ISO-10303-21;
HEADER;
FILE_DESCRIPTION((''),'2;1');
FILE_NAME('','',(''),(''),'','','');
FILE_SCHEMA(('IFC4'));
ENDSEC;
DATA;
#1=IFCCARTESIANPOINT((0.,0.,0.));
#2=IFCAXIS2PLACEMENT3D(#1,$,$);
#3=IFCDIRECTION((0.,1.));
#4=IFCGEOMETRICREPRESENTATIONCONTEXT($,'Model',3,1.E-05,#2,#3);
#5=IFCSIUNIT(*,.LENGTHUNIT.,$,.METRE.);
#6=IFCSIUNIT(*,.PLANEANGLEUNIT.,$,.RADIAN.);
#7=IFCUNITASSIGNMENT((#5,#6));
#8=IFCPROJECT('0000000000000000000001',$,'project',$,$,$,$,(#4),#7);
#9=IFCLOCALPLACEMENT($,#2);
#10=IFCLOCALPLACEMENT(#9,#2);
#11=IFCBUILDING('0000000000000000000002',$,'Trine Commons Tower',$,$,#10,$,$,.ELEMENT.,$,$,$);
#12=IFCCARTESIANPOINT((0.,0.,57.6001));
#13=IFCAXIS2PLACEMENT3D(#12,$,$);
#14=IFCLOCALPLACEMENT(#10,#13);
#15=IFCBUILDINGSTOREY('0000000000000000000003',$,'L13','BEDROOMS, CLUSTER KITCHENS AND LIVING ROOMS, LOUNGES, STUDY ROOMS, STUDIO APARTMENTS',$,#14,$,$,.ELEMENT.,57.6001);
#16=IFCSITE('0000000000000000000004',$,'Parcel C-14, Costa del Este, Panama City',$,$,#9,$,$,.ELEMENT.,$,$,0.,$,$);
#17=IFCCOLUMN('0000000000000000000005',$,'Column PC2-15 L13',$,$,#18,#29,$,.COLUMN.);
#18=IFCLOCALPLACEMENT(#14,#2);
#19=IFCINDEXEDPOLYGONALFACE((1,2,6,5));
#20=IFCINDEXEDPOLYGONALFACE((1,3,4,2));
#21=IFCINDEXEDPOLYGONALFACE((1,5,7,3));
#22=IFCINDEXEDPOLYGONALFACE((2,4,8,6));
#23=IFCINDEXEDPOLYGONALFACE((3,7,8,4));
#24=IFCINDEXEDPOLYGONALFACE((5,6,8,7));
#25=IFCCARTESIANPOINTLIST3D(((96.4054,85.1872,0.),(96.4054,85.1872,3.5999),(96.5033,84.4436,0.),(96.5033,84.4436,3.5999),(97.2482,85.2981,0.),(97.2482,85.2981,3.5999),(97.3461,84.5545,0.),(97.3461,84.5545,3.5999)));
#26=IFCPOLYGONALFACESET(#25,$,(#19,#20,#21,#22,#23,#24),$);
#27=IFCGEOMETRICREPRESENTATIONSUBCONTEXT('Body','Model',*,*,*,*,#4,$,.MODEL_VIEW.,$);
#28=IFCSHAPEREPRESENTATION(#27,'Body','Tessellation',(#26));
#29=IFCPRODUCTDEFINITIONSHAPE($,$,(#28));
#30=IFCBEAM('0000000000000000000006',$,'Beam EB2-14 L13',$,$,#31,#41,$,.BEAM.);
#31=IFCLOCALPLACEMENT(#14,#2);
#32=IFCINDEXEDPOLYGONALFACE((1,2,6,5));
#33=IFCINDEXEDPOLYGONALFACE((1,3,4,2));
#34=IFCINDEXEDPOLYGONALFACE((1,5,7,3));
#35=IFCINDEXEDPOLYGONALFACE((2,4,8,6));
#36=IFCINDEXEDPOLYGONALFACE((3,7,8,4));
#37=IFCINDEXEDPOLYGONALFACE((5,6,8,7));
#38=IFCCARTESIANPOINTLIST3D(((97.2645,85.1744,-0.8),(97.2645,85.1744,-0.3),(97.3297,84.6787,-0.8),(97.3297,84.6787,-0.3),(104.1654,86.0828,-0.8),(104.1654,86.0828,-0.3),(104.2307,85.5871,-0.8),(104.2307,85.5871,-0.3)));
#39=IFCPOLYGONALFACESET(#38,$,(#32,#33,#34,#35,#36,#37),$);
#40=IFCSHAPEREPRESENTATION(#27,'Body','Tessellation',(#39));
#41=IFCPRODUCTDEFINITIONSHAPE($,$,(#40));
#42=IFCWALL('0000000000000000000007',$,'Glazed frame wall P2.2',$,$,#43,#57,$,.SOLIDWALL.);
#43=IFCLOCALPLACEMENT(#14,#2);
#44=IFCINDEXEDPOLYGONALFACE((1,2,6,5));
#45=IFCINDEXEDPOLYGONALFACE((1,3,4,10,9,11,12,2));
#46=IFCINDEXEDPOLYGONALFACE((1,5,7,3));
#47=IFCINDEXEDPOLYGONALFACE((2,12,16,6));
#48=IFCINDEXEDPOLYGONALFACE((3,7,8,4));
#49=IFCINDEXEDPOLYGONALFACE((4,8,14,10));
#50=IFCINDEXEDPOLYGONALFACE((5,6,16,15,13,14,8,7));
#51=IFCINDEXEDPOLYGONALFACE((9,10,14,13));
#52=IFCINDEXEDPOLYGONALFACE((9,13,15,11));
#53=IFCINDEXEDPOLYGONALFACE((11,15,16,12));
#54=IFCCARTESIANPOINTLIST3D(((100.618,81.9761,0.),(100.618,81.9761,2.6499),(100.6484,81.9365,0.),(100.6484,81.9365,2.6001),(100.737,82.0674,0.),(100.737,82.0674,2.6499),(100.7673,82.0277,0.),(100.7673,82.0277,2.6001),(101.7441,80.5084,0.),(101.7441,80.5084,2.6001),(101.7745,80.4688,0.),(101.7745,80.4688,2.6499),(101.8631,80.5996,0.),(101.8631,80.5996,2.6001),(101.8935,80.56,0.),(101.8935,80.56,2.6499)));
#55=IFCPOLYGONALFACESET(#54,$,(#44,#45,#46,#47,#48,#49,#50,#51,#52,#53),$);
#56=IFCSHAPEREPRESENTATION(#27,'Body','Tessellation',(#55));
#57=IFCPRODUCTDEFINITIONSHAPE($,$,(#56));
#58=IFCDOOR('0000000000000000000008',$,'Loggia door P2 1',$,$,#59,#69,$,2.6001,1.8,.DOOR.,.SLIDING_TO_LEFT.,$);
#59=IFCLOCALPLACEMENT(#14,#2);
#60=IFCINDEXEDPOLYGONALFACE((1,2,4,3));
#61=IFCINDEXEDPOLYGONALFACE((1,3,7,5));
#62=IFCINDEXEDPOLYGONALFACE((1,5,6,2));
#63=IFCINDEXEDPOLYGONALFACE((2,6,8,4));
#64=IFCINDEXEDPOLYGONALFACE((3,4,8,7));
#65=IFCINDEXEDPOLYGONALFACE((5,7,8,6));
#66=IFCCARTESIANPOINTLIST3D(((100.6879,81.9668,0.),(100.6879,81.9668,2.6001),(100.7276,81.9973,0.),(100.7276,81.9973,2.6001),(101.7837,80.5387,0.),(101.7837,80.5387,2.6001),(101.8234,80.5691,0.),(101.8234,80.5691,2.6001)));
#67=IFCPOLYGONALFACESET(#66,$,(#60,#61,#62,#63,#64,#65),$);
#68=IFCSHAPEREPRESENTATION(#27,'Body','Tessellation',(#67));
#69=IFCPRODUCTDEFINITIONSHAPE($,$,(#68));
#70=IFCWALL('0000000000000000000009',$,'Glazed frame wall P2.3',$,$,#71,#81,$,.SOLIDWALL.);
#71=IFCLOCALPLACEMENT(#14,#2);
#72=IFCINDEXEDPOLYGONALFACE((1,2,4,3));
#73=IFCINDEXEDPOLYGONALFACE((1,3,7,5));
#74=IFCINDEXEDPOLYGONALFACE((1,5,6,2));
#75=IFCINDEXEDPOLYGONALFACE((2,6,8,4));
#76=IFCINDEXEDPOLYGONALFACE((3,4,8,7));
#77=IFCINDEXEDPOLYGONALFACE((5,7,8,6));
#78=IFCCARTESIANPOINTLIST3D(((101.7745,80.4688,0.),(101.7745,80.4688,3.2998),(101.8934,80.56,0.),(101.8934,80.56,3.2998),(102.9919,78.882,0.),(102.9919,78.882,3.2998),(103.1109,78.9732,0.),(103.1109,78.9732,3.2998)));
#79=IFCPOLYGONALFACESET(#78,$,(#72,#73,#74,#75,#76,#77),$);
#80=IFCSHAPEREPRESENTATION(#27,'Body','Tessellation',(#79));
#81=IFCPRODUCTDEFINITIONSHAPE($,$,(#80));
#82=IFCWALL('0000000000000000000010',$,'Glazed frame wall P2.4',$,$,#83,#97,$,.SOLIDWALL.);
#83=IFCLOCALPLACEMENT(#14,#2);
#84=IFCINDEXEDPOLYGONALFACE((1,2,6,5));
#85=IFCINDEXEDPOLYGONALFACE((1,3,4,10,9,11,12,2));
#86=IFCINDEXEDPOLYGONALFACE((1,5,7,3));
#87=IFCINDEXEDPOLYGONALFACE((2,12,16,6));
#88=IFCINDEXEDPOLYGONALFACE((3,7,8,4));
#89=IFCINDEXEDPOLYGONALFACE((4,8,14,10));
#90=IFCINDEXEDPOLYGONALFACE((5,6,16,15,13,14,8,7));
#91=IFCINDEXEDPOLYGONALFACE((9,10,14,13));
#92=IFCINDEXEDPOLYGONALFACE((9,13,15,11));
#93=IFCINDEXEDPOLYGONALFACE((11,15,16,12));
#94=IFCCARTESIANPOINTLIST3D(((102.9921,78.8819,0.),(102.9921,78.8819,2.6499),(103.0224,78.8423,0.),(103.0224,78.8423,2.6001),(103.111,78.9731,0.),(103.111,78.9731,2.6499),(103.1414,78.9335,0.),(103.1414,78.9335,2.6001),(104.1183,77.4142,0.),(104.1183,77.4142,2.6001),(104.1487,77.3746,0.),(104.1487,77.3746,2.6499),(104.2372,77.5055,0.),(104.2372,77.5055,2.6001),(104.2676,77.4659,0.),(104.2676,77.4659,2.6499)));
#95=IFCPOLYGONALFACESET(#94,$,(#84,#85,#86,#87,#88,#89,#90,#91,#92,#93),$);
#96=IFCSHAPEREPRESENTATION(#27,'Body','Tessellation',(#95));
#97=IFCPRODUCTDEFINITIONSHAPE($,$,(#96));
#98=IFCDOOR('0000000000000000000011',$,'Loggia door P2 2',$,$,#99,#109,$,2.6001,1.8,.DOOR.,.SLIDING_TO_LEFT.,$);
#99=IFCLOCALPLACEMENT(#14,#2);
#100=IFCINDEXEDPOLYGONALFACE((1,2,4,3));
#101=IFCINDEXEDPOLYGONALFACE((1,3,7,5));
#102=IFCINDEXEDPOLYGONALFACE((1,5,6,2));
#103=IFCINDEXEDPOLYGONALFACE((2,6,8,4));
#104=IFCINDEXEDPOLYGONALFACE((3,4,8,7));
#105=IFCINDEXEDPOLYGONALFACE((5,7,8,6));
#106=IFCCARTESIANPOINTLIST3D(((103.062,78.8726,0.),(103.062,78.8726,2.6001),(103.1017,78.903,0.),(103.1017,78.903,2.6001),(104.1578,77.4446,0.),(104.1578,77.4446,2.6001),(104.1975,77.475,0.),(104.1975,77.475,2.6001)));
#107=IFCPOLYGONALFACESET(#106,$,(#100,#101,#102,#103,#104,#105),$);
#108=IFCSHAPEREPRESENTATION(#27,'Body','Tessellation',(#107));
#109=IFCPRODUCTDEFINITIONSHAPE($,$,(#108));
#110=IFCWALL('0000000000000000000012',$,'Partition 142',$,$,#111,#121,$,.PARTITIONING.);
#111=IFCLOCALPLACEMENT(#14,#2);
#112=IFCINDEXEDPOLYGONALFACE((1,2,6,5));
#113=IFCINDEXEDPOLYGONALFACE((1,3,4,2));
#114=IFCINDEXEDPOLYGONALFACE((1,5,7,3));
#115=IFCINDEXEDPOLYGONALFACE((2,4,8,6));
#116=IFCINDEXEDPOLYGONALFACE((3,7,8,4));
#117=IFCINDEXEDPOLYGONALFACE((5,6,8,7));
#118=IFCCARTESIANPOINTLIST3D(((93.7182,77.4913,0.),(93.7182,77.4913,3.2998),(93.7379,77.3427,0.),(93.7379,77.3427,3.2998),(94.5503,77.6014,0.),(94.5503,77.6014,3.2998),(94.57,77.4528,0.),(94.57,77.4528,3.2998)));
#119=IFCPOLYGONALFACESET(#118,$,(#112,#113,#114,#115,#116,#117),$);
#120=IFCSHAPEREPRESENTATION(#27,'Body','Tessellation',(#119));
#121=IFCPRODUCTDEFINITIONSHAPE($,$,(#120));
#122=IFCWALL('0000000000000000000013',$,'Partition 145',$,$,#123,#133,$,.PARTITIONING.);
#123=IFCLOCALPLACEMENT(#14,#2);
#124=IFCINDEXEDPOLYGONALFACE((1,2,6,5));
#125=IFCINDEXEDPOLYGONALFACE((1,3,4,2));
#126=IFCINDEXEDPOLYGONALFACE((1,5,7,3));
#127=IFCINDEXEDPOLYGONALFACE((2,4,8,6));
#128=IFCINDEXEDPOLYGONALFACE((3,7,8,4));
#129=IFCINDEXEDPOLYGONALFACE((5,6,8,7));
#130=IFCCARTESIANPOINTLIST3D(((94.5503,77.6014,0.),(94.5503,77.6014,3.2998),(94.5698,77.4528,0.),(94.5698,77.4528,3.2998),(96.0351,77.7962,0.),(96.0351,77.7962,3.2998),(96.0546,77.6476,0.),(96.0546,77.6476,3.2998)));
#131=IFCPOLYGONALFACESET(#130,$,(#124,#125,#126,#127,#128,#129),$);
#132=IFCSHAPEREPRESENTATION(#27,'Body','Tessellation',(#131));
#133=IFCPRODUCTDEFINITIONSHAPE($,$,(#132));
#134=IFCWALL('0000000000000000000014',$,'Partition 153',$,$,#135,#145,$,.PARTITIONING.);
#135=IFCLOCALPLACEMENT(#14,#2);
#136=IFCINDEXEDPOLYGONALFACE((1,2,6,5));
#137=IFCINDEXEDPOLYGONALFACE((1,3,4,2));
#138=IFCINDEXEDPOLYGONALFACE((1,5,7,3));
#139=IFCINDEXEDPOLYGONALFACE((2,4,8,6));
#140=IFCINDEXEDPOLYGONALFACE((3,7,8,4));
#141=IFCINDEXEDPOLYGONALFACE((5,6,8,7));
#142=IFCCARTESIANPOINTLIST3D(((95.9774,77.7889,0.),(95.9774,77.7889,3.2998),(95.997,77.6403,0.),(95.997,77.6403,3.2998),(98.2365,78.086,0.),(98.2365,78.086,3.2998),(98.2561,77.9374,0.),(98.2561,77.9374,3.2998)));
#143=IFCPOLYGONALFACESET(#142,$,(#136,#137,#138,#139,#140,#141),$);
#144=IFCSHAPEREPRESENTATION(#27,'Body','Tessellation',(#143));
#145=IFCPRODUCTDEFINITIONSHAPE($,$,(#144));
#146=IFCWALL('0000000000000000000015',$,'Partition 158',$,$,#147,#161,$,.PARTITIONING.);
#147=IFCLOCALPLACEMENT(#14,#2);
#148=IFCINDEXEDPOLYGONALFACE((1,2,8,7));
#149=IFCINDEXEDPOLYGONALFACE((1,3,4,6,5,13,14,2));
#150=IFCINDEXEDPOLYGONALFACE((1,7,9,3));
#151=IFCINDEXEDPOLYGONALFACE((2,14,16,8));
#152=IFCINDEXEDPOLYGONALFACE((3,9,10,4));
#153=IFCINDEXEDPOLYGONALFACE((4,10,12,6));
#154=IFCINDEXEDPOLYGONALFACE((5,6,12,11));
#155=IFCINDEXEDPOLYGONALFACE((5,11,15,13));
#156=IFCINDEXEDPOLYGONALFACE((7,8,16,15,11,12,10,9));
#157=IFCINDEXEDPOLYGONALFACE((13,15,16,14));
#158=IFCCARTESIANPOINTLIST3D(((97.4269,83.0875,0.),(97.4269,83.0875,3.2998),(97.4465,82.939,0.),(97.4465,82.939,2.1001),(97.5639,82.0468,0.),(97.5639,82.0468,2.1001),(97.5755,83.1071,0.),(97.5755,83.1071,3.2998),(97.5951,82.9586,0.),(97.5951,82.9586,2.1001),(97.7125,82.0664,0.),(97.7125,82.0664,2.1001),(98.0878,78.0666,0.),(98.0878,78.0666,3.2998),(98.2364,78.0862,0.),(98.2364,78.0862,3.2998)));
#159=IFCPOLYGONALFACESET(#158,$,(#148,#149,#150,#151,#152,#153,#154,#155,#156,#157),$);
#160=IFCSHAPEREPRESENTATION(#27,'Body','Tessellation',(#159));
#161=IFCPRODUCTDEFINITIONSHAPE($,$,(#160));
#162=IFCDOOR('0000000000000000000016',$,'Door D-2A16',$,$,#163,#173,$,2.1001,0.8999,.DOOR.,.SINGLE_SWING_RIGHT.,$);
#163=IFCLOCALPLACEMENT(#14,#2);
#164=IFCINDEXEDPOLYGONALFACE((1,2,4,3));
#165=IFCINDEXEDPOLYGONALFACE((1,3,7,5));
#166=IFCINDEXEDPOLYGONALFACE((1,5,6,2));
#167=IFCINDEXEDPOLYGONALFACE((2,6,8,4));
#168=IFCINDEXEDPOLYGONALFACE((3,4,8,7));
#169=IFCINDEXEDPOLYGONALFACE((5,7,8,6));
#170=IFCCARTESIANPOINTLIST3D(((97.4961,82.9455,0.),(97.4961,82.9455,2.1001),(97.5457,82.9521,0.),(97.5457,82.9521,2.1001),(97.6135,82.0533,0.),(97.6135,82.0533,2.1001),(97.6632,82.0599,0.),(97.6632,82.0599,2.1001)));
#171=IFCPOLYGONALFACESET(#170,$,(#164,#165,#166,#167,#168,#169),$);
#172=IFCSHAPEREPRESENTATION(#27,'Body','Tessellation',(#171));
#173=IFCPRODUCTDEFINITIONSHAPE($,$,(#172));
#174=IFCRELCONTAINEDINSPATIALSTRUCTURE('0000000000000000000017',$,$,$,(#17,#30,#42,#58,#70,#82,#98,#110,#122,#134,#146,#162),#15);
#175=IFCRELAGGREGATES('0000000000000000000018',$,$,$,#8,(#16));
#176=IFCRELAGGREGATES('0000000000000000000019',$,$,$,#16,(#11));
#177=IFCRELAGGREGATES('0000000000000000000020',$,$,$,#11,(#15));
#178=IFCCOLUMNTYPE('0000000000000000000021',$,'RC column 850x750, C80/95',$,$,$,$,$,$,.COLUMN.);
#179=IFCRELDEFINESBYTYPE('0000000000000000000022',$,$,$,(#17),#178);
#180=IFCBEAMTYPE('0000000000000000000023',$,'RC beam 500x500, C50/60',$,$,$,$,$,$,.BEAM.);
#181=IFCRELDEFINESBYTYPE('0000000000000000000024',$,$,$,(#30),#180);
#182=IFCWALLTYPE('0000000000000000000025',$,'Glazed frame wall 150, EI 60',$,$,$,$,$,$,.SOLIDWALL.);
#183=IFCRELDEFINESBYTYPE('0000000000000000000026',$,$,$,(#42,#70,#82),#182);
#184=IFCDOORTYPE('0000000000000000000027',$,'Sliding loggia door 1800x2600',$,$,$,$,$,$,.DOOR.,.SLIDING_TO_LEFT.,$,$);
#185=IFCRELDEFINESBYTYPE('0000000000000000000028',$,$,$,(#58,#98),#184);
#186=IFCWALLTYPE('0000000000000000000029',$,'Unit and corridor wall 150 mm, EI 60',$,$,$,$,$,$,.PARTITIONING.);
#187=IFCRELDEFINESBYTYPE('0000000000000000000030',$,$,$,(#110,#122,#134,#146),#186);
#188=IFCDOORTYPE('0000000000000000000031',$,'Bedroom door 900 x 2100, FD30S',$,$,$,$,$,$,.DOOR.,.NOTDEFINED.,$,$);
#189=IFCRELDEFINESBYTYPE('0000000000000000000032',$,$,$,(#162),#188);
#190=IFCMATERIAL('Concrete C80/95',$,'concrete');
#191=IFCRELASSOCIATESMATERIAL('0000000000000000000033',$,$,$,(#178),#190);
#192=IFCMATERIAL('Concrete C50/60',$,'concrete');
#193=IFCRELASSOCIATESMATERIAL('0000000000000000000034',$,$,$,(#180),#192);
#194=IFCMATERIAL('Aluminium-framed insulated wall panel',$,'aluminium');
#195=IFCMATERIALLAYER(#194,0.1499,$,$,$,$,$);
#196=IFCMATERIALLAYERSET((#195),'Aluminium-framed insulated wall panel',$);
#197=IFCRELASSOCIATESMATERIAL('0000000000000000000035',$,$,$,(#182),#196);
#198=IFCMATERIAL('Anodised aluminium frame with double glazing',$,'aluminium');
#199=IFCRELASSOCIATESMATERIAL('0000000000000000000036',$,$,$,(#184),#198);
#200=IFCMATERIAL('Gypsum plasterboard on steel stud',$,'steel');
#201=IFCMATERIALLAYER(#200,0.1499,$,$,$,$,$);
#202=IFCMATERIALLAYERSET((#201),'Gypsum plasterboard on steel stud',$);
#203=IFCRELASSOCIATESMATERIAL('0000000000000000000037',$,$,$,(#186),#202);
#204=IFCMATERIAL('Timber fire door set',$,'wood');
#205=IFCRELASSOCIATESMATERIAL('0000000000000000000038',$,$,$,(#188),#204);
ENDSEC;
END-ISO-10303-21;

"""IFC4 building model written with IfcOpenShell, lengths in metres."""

from ifc_helpers import new_model, si_unit, direction, frame, frame_2d, origin, origin_2d, place, context, subcontext, project, spatial, polyline, rectangle, outline, extrude, material, layer, layer_set, material_profile, profile_set, type_object, element, fill, save


model = new_model("IFC4")

# Units and contexts
model_context = context("Model", 3, precision=1e-05, world=origin(), true_north=direction((0.0, 1.0)))
body_context = subcontext(model_context, "Body", "Model", "MODEL_VIEW")
ifc_project = project(units=[si_unit("LENGTHUNIT", "METRE"), si_unit("PLANEANGLEUNIT", "RADIAN")], contexts=[model_context])

# Site, building, storey
site_placement = place(None, origin())
site = spatial("IfcSite", under=ifc_project, at=site_placement, Name="Parcel C-14, Costa del Este, Panama City", CompositionType="ELEMENT", RefElevation=0.0)
building_placement = place(site_placement, origin())
building = spatial("IfcBuilding", under=site, at=building_placement, Name="Trine Commons Tower", CompositionType="ELEMENT")
storey_placement = place(building_placement, frame((0.0, 0.0, 57.6001)))
storey = spatial("IfcBuildingStorey", under=building, at=storey_placement, Name="L13", Description="BEDROOMS, CLUSTER KITCHENS AND LIVING ROOMS, LOUNGES, STUDY ROOMS, STUDIO APARTMENTS", CompositionType="ELEMENT", Elevation=57.6001)

# Column
ifc_material_1 = material(Name="Concrete C80/95", Category="concrete")
ifc_material_profile_1 = material_profile(ifc_material_1, rectangle(XDim=0.8501, YDim=0.75, at=origin_2d()), Name="RC 850x750")
ifc_profile_set_1 = profile_set([ifc_material_profile_1], Name="Concrete C80/95")
column_type = type_object("IfcColumnType", Name="RC column 850x750, C80/95", PredefinedType="COLUMN", material=ifc_profile_set_1)
column_placement = place(storey_placement, frame((96.8757, 84.8708, 0.0), z_axis=(0.0, 0.0, 1.0), x_axis=(0.991445, 0.130526, 0.0)))
element("IfcColumn", 1, at=column_placement, inside=storey, type_object=column_type, Name="Column PC2-15 L13", PredefinedType="COLUMN", context=body_context, shape_type="SweptSolid", body=[
    extrude(rectangle(XDim=0.8501, YDim=0.75, at=origin_2d()), origin(), (0.0, 0.0, 1.0), 3.5999),
])

# Beam
ifc_material_2 = material(Name="Concrete C50/60", Category="concrete")
ifc_material_profile_2 = material_profile(ifc_material_2, rectangle(XDim=0.5, YDim=0.5, at=origin_2d()), Name="RC 500x500")
ifc_profile_set_2 = profile_set([ifc_material_profile_2], Name="Concrete C50/60")
beam_type = type_object("IfcBeamType", Name="RC beam 500x500, C50/60", PredefinedType="BEAM", material=ifc_profile_set_2)
beam_placement = place(storey_placement, frame((97.2971, 84.9265, -0.55), z_axis=(0.991446, 0.130516, 0.0), x_axis=(-0.130516, 0.991446, 0.0)))
element("IfcBeam", 2, at=beam_placement, inside=storey, type_object=beam_type, Name="Beam EB2-14 L13", PredefinedType="BEAM", context=body_context, shape_type="SweptSolid", body=[
    extrude(rectangle(XDim=0.5, YDim=0.5, at=origin_2d()), origin(), (0.0, 0.0, 1.0), 6.9604),
])

# Shared definitions
ifc_material_3 = material(Name="Aluminium-framed insulated wall panel", Category="aluminium")
ifc_layer_1 = layer(ifc_material_3, 0.1499)
ifc_layer_set_1 = layer_set([ifc_layer_1], Name="Aluminium-framed insulated wall panel")
wall_type_1 = type_object("IfcWallType", Name="Glazed frame wall 150, EI 60", PredefinedType="SOLIDWALL", material=ifc_layer_set_1)

# Wall, opening, door
wall_1_placement = place(storey_placement, frame((100.6775, 82.0217, 0.0), z_axis=(0.0, 0.0, 1.0), x_axis=(0.608723, -0.793383, 0.0)))
wall_1 = element("IfcWall", 3, at=wall_1_placement, inside=storey, type_object=wall_type_1, Name="Glazed frame wall P2.2", PredefinedType="SOLIDWALL", context=body_context, shape_type="SweptSolid", body=[
    extrude(outline(polyline([(0.0, -0.075), (1.8999, -0.075), (1.8999, 0.075), (0.0, 0.075), (0.0, -0.075)])), origin(), (0.0, 0.0, 1.0), 2.6499),
])
opening_1_placement = place(wall_1_placement, frame((0.05, 0.0, 0.0)))
opening_1 = element("IfcOpeningElement", 4, at=opening_1_placement, cuts=wall_1, PredefinedType="OPENING", context=body_context, shape_type="SweptSolid", body=[
    extrude(rectangle(XDim=1.8, YDim=2.6001, at=frame_2d((0.8999, 1.3))), frame((0.0, 0.085, 0.0), z_axis=(0.0, -1.0, 0.0), x_axis=(1.0, 0.0, 0.0)), (0.0, 0.0, 1.0), 0.1699),
])
ifc_material_4 = material(Name="Anodised aluminium frame with double glazing", Category="aluminium")
door_type_1 = type_object("IfcDoorType", Name="Sliding loggia door 1800x2600", OperationType="SLIDING_TO_LEFT", PredefinedType="DOOR", material=ifc_material_4)
door_1_placement = place(opening_1_placement, origin())
door_1 = element("IfcDoor", 5, at=door_1_placement, inside=storey, type_object=door_type_1, Name="Loggia door P2 1", OperationType="SLIDING_TO_LEFT", OverallHeight=2.6001, OverallWidth=1.8, PredefinedType="DOOR", context=body_context, shape_type="SweptSolid", body=[
    extrude(rectangle(XDim=1.8, YDim=2.6001, at=frame_2d((0.8999, 1.3))), frame((0.0, 0.0249, 0.0), z_axis=(0.0, -1.0, 0.0), x_axis=(1.0, 0.0, 0.0)), (0.0, 0.0, 1.0), 0.05),
])
fill(opening_1, door_1)

# Wall
wall_2_placement = place(storey_placement, frame((101.834, 80.5144, 0.0), z_axis=(0.0, 0.0, 1.0), x_axis=(0.608713, -0.79339, 0.0)))
element("IfcWall", 6, at=wall_2_placement, inside=storey, type_object=wall_type_1, Name="Glazed frame wall P2.3", PredefinedType="SOLIDWALL", context=body_context, shape_type="SweptSolid", body=[
    extrude(outline(polyline([(0.0, -0.075), (2.0, -0.075), (2.0, 0.075), (0.0, 0.075), (0.0, -0.075)])), origin(), (0.0, 0.0, 1.0), 3.2998),
])

# Wall, opening, door
wall_3_placement = place(storey_placement, frame((103.0515, 78.9275, 0.0), z_axis=(0.0, 0.0, 1.0), x_axis=(0.608804, -0.793321, 0.0)))
wall_3 = element("IfcWall", 7, at=wall_3_placement, inside=storey, type_object=wall_type_1, Name="Glazed frame wall P2.4", PredefinedType="SOLIDWALL", context=body_context, shape_type="SweptSolid", body=[
    extrude(outline(polyline([(0.0, -0.075), (1.8999, -0.075), (1.8999, 0.075), (0.0, 0.075), (0.0, -0.075)])), origin(), (0.0, 0.0, 1.0), 2.6499),
])
opening_2_placement = place(wall_3_placement, frame((0.05, 0.0, 0.0)))
opening_2 = element("IfcOpeningElement", 8, at=opening_2_placement, cuts=wall_3, PredefinedType="OPENING", context=body_context, shape_type="SweptSolid", body=[
    extrude(rectangle(XDim=1.8, YDim=2.6001, at=frame_2d((0.8999, 1.3))), frame((0.0, 0.085, 0.0), z_axis=(0.0, -1.0, 0.0), x_axis=(1.0, 0.0, 0.0)), (0.0, 0.0, 1.0), 0.1699),
])
door_2_placement = place(opening_2_placement, origin())
door_2 = element("IfcDoor", 9, at=door_2_placement, inside=storey, type_object=door_type_1, Name="Loggia door P2 2", OperationType="SLIDING_TO_LEFT", OverallHeight=2.6001, OverallWidth=1.8, PredefinedType="DOOR", context=body_context, shape_type="SweptSolid", body=[
    extrude(rectangle(XDim=1.8, YDim=2.6001, at=frame_2d((0.8999, 1.3))), frame((0.0, 0.0249, 0.0), z_axis=(0.0, -1.0, 0.0), x_axis=(1.0, 0.0, 0.0)), (0.0, 0.0, 1.0), 0.05),
])
fill(opening_2, door_2)

# Walls
ifc_material_5 = material(Name="Gypsum plasterboard on steel stud", Category="steel")
ifc_layer_2 = layer(ifc_material_5, 0.1499)
ifc_layer_set_2 = layer_set([ifc_layer_2], Name="Gypsum plasterboard on steel stud")
wall_type_2 = type_object("IfcWallType", Name="Unit and corridor wall 150 mm, EI 60", PredefinedType="PARTITIONING", material=ifc_layer_set_2)
wall_4_placement = place(storey_placement, frame((93.728, 77.417, 0.0), z_axis=(0.0, 0.0, 1.0), x_axis=(0.991357, 0.131192, 0.0)))
element("IfcWall", 10, at=wall_4_placement, inside=storey, type_object=wall_type_2, Name="Partition 142", PredefinedType="PARTITIONING", context=body_context, shape_type="SweptSolid", body=[
    extrude(rectangle(XDim=0.8394, YDim=0.1499, at=frame_2d((0.4197, 0.0))), origin(), (0.0, 0.0, 1.0), 3.2998),
])
wall_5_placement = place(storey_placement, frame((94.5601, 77.5271, 0.0), z_axis=(0.0, 0.0, 1.0), x_axis=(0.991502, 0.130092, 0.0)))
element("IfcWall", 11, at=wall_5_placement, inside=storey, type_object=wall_type_2, Name="Partition 145", PredefinedType="PARTITIONING", context=body_context, shape_type="SweptSolid", body=[
    extrude(rectangle(XDim=1.4976, YDim=0.1499, at=frame_2d((0.7488, 0.0))), origin(), (0.0, 0.0, 1.0), 3.2998),
])
wall_6_placement = place(storey_placement, frame((95.9873, 77.7146, 0.0), z_axis=(0.0, 0.0, 1.0), x_axis=(0.991461, 0.130402, 0.0)))
element("IfcWall", 12, at=wall_6_placement, inside=storey, type_object=wall_type_2, Name="Partition 153", PredefinedType="PARTITIONING", context=body_context, shape_type="SweptSolid", body=[
    extrude(rectangle(XDim=2.2786, YDim=0.1499, at=frame_2d((1.1392, 0.0))), origin(), (0.0, 0.0, 1.0), 3.2998),
])

# Wall, opening, door
wall_7_placement = place(storey_placement, frame((97.5012, 83.0974, 0.0), z_axis=(0.0, 0.0, 1.0), x_axis=(0.130499, -0.991448, 0.0)))
wall_7 = element("IfcWall", 13, at=wall_7_placement, inside=storey, type_object=wall_type_2, Name="Partition 158", PredefinedType="PARTITIONING", context=body_context, shape_type="SweptSolid", body=[
    extrude(rectangle(XDim=5.0642, YDim=0.1499, at=frame_2d((2.5322, 0.0))), origin(), (0.0, 0.0, 1.0), 3.2998),
])
opening_3_placement = place(wall_7_placement, frame((0.1499, 0.0, 0.0)))
opening_3 = element("IfcOpeningElement", 14, at=opening_3_placement, cuts=wall_7, PredefinedType="OPENING", context=body_context, shape_type="SweptSolid", body=[
    extrude(rectangle(XDim=0.8999, YDim=2.1001, at=frame_2d((0.45, 1.05))), frame((0.0, 0.085, 0.0), z_axis=(0.0, -1.0, 0.0), x_axis=(1.0, 0.0, 0.0)), (0.0, 0.0, 1.0), 0.1699),
])
ifc_material_6 = material(Name="Timber fire door set", Category="wood")
door_type_2 = type_object("IfcDoorType", Name="Bedroom door 900 x 2100, FD30S", OperationType="NOTDEFINED", PredefinedType="DOOR", material=ifc_material_6)
door_3_placement = place(opening_3_placement, frame((0.8999, 0.0, 0.0), z_axis=(0.0, 0.0, 1.0), x_axis=(-1.0, 0.0, 0.0)))
door_3 = element("IfcDoor", 15, at=door_3_placement, inside=storey, type_object=door_type_2, Name="Door D-2A16", OperationType="SINGLE_SWING_RIGHT", OverallHeight=2.1001, OverallWidth=0.8999, PredefinedType="DOOR", context=body_context, shape_type="SweptSolid", body=[
    extrude(rectangle(XDim=0.8999, YDim=2.1001, at=frame_2d((0.45, 1.05))), frame((0.0, 0.0249, 0.0), z_axis=(0.0, -1.0, 0.0), x_axis=(1.0, 0.0, 0.0)), (0.0, 0.0, 1.0), 0.05),
])
fill(opening_3, door_3)

save(model, "model.ifc")
